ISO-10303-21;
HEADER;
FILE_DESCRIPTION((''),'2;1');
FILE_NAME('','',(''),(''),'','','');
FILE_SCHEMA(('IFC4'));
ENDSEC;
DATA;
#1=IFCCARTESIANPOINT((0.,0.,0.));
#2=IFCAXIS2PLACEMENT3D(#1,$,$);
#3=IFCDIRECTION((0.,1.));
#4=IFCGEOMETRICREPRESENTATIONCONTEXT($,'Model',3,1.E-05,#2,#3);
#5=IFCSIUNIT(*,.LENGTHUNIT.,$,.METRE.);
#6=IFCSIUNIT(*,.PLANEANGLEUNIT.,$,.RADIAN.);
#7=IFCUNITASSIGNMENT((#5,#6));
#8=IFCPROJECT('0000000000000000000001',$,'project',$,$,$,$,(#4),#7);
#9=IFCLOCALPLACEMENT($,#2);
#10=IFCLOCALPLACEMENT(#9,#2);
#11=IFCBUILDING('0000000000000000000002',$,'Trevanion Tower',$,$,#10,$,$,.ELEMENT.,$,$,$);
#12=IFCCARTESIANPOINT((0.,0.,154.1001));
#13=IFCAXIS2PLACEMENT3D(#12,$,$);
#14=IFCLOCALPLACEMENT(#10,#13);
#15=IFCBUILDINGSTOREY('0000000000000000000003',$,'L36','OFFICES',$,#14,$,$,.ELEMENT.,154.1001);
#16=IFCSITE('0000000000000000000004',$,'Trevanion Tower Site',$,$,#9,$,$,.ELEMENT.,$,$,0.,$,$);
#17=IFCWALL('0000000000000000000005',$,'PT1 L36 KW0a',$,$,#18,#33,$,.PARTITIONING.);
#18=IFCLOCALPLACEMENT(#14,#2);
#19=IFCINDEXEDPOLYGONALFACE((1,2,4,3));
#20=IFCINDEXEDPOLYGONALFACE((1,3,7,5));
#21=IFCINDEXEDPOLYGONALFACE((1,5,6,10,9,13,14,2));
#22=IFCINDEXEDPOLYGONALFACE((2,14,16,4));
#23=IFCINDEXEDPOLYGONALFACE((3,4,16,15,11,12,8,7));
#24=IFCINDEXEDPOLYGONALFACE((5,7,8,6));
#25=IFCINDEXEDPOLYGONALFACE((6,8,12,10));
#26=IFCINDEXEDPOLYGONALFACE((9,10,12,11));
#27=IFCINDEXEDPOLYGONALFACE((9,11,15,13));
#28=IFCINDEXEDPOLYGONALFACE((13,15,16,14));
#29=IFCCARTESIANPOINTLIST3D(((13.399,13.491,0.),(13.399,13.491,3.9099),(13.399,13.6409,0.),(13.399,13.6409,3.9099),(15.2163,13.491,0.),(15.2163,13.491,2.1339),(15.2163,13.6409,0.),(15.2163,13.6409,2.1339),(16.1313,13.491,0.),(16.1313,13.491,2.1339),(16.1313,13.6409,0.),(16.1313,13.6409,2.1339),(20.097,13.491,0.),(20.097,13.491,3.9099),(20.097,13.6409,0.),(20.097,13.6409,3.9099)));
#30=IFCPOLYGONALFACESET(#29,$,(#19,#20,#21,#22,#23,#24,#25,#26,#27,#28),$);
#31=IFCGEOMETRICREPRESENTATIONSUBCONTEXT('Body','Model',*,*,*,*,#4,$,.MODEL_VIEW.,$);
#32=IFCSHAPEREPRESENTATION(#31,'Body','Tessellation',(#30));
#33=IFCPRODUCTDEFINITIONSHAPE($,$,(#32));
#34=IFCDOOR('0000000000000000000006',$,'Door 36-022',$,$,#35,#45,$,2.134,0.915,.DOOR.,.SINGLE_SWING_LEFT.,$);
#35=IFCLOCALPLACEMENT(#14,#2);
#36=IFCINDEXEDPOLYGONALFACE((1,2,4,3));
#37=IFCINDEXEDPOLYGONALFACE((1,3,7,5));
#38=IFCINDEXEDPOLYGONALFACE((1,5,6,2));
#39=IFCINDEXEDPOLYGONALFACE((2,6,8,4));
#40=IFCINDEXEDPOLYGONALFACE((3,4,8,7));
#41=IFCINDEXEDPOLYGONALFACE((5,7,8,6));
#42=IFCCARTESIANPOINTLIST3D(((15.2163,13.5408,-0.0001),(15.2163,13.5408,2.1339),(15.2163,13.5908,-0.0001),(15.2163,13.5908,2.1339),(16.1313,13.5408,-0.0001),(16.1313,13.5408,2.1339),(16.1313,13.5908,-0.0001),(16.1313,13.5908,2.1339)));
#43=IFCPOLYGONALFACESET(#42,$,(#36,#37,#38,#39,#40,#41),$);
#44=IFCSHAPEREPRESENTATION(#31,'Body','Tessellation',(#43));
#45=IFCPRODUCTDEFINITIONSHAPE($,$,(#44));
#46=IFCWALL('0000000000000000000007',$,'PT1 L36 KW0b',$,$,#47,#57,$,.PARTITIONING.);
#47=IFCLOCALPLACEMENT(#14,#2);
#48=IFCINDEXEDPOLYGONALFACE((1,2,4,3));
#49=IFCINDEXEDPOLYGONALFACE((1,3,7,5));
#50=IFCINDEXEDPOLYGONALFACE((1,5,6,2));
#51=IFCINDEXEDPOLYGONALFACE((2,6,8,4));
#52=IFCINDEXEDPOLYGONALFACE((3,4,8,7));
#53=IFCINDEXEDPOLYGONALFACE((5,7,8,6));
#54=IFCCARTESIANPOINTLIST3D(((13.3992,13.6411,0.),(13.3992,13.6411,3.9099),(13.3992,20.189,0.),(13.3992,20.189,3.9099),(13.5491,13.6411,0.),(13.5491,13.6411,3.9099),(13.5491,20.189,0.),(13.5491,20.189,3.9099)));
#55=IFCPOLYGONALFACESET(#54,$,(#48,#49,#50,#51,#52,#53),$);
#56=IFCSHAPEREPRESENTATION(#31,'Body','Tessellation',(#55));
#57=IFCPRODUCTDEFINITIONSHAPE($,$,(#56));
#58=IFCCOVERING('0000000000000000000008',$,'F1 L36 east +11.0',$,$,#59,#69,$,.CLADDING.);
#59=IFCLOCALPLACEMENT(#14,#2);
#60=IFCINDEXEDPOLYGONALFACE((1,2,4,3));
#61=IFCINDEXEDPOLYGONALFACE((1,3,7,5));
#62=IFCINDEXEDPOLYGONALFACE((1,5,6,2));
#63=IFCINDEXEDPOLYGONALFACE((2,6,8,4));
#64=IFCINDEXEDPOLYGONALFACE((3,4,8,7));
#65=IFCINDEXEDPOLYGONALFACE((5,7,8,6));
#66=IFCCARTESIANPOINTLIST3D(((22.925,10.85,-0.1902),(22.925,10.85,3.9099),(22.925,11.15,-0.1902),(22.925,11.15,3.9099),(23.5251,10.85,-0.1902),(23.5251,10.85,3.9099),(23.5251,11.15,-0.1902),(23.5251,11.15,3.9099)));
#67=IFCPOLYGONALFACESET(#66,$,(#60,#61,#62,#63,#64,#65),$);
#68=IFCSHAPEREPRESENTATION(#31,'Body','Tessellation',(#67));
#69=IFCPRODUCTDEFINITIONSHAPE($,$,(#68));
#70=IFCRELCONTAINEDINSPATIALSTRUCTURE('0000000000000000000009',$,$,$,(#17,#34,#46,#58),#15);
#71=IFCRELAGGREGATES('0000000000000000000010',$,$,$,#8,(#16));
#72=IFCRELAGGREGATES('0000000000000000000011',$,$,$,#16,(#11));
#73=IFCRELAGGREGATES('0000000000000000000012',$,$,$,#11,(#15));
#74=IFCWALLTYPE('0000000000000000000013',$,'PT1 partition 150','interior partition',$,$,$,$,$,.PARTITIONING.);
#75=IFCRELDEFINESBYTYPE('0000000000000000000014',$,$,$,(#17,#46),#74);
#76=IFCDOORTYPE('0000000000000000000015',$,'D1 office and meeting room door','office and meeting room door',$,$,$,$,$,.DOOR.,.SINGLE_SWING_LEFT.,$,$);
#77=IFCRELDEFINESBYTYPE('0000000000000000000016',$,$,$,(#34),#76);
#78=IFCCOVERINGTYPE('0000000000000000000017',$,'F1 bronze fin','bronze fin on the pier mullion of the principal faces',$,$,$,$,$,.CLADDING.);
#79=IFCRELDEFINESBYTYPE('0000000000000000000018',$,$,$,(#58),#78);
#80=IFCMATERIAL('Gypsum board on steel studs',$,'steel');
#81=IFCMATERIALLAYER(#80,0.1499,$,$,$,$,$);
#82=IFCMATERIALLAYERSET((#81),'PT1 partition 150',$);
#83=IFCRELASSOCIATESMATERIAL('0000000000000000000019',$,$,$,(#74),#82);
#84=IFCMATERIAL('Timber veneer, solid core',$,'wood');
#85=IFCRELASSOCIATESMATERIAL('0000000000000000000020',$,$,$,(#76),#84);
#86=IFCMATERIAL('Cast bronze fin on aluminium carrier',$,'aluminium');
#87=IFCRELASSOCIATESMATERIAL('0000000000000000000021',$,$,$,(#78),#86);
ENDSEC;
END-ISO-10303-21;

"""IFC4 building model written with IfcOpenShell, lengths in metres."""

from ifc_helpers import new_model, si_unit, direction, frame, frame_2d, origin, origin_2d, place, context, subcontext, project, spatial, rectangle, extrude, material, layer, layer_set, type_object, element, fill, save


model = new_model("IFC4")

# Units and contexts
model_context = context("Model", 3, precision=1e-05, world=origin(), true_north=direction((0.0, 1.0)))
body_context = subcontext(model_context, "Body", "Model", "MODEL_VIEW")
ifc_project = project(units=[si_unit("LENGTHUNIT", "METRE"), si_unit("PLANEANGLEUNIT", "RADIAN")], contexts=[model_context])

# Site, building, storey
site_placement = place(None, origin())
site = spatial("IfcSite", under=ifc_project, at=site_placement, Name="Trevanion Tower Site", CompositionType="ELEMENT", RefElevation=0.0)
building_placement = place(site_placement, origin())
building = spatial("IfcBuilding", under=site, at=building_placement, Name="Trevanion Tower", CompositionType="ELEMENT")
storey_placement = place(building_placement, frame((0.0, 0.0, 154.1001)))
storey = spatial("IfcBuildingStorey", under=building, at=storey_placement, Name="L36", Description="OFFICES", CompositionType="ELEMENT", Elevation=154.1001)

# Wall, opening, door
ifc_material_1 = material(Name="Gypsum board on steel studs", Category="steel")
ifc_layer_1 = layer(ifc_material_1, 0.1499)
ifc_layer_set_1 = layer_set([ifc_layer_1], Name="PT1 partition 150")
wall_type = type_object("IfcWallType", Name="PT1 partition 150", Description="interior partition", PredefinedType="PARTITIONING", material=ifc_layer_set_1)
wall_1_placement = place(storey_placement, frame((13.3989, 13.5659, 0.0), z_axis=(0.0, 0.0, 1.0), x_axis=(1.0, 0.0, 0.0)))
wall_1 = element("IfcWall", 1, at=wall_1_placement, inside=storey, type_object=wall_type, Name="PT1 L36 KW0a", PredefinedType="PARTITIONING", context=body_context, shape_type="SweptSolid", body=[
    extrude(rectangle(XDim=6.698, YDim=0.1499, at=frame_2d((3.3491, 0.0))), origin(), (0.0, 0.0, 1.0), 3.9099),
])
opening_placement = place(wall_1_placement, frame((1.8174, 0.0, 0.0)))
opening = element("IfcOpeningElement", 2, at=opening_placement, cuts=wall_1, PredefinedType="OPENING", context=body_context, shape_type="SweptSolid", body=[
    extrude(rectangle(XDim=0.915, YDim=2.134, at=frame_2d((0.4575, 1.0669))), frame((0.0, 0.085, 0.0), z_axis=(0.0, -1.0, 0.0), x_axis=(1.0, 0.0, 0.0)), (0.0, 0.0, 1.0), 0.1699),
])
ifc_material_2 = material(Name="Timber veneer, solid core", Category="wood")
door_type = type_object("IfcDoorType", Name="D1 office and meeting room door", Description="office and meeting room door", OperationType="SINGLE_SWING_LEFT", PredefinedType="DOOR", material=ifc_material_2)
door_placement = place(opening_placement, origin())
door = element("IfcDoor", 3, at=door_placement, inside=storey, type_object=door_type, Name="Door 36-022", OperationType="SINGLE_SWING_LEFT", OverallHeight=2.134, OverallWidth=0.915, PredefinedType="DOOR", context=body_context, shape_type="SweptSolid", body=[
    extrude(rectangle(XDim=0.915, YDim=2.134, at=frame_2d((0.4575, 1.0669))), frame((0.0, 0.0249, 0.0), z_axis=(0.0, -1.0, 0.0), x_axis=(1.0, 0.0, 0.0)), (0.0, 0.0, 1.0), 0.05),
])
fill(opening, door)

# Wall
wall_2_placement = place(storey_placement, frame((13.4741, 13.6411, 0.0), z_axis=(0.0, 0.0, 1.0), x_axis=(0.0, 1.0, 0.0)))
element("IfcWall", 4, at=wall_2_placement, inside=storey, type_object=wall_type, Name="PT1 L36 KW0b", PredefinedType="PARTITIONING", context=body_context, shape_type="SweptSolid", body=[
    extrude(rectangle(XDim=6.5479, YDim=0.1499, at=frame_2d((3.2739, 0.0))), origin(), (0.0, 0.0, 1.0), 3.9099),
])

# Covering
ifc_material_3 = material(Name="Cast bronze fin on aluminium carrier", Category="aluminium")
covering_type = type_object("IfcCoveringType", Name="F1 bronze fin", Description="bronze fin on the pier mullion of the principal faces", PredefinedType="CLADDING", material=ifc_material_3)
covering_placement = place(storey_placement, frame((23.2251, 11.0, -0.1902), z_axis=(0.0, 0.0, 1.0), x_axis=(0.0, 1.0, 0.0)))
element("IfcCovering", 5, at=covering_placement, inside=storey, type_object=covering_type, Name="F1 L36 east +11.0", PredefinedType="CLADDING", context=body_context, shape_type="SweptSolid", body=[
    extrude(rectangle(XDim=0.3, YDim=0.6001, at=origin_2d()), origin(), (0.0, 0.0, 1.0), 4.1001),
])

save(model, "model.ifc")
